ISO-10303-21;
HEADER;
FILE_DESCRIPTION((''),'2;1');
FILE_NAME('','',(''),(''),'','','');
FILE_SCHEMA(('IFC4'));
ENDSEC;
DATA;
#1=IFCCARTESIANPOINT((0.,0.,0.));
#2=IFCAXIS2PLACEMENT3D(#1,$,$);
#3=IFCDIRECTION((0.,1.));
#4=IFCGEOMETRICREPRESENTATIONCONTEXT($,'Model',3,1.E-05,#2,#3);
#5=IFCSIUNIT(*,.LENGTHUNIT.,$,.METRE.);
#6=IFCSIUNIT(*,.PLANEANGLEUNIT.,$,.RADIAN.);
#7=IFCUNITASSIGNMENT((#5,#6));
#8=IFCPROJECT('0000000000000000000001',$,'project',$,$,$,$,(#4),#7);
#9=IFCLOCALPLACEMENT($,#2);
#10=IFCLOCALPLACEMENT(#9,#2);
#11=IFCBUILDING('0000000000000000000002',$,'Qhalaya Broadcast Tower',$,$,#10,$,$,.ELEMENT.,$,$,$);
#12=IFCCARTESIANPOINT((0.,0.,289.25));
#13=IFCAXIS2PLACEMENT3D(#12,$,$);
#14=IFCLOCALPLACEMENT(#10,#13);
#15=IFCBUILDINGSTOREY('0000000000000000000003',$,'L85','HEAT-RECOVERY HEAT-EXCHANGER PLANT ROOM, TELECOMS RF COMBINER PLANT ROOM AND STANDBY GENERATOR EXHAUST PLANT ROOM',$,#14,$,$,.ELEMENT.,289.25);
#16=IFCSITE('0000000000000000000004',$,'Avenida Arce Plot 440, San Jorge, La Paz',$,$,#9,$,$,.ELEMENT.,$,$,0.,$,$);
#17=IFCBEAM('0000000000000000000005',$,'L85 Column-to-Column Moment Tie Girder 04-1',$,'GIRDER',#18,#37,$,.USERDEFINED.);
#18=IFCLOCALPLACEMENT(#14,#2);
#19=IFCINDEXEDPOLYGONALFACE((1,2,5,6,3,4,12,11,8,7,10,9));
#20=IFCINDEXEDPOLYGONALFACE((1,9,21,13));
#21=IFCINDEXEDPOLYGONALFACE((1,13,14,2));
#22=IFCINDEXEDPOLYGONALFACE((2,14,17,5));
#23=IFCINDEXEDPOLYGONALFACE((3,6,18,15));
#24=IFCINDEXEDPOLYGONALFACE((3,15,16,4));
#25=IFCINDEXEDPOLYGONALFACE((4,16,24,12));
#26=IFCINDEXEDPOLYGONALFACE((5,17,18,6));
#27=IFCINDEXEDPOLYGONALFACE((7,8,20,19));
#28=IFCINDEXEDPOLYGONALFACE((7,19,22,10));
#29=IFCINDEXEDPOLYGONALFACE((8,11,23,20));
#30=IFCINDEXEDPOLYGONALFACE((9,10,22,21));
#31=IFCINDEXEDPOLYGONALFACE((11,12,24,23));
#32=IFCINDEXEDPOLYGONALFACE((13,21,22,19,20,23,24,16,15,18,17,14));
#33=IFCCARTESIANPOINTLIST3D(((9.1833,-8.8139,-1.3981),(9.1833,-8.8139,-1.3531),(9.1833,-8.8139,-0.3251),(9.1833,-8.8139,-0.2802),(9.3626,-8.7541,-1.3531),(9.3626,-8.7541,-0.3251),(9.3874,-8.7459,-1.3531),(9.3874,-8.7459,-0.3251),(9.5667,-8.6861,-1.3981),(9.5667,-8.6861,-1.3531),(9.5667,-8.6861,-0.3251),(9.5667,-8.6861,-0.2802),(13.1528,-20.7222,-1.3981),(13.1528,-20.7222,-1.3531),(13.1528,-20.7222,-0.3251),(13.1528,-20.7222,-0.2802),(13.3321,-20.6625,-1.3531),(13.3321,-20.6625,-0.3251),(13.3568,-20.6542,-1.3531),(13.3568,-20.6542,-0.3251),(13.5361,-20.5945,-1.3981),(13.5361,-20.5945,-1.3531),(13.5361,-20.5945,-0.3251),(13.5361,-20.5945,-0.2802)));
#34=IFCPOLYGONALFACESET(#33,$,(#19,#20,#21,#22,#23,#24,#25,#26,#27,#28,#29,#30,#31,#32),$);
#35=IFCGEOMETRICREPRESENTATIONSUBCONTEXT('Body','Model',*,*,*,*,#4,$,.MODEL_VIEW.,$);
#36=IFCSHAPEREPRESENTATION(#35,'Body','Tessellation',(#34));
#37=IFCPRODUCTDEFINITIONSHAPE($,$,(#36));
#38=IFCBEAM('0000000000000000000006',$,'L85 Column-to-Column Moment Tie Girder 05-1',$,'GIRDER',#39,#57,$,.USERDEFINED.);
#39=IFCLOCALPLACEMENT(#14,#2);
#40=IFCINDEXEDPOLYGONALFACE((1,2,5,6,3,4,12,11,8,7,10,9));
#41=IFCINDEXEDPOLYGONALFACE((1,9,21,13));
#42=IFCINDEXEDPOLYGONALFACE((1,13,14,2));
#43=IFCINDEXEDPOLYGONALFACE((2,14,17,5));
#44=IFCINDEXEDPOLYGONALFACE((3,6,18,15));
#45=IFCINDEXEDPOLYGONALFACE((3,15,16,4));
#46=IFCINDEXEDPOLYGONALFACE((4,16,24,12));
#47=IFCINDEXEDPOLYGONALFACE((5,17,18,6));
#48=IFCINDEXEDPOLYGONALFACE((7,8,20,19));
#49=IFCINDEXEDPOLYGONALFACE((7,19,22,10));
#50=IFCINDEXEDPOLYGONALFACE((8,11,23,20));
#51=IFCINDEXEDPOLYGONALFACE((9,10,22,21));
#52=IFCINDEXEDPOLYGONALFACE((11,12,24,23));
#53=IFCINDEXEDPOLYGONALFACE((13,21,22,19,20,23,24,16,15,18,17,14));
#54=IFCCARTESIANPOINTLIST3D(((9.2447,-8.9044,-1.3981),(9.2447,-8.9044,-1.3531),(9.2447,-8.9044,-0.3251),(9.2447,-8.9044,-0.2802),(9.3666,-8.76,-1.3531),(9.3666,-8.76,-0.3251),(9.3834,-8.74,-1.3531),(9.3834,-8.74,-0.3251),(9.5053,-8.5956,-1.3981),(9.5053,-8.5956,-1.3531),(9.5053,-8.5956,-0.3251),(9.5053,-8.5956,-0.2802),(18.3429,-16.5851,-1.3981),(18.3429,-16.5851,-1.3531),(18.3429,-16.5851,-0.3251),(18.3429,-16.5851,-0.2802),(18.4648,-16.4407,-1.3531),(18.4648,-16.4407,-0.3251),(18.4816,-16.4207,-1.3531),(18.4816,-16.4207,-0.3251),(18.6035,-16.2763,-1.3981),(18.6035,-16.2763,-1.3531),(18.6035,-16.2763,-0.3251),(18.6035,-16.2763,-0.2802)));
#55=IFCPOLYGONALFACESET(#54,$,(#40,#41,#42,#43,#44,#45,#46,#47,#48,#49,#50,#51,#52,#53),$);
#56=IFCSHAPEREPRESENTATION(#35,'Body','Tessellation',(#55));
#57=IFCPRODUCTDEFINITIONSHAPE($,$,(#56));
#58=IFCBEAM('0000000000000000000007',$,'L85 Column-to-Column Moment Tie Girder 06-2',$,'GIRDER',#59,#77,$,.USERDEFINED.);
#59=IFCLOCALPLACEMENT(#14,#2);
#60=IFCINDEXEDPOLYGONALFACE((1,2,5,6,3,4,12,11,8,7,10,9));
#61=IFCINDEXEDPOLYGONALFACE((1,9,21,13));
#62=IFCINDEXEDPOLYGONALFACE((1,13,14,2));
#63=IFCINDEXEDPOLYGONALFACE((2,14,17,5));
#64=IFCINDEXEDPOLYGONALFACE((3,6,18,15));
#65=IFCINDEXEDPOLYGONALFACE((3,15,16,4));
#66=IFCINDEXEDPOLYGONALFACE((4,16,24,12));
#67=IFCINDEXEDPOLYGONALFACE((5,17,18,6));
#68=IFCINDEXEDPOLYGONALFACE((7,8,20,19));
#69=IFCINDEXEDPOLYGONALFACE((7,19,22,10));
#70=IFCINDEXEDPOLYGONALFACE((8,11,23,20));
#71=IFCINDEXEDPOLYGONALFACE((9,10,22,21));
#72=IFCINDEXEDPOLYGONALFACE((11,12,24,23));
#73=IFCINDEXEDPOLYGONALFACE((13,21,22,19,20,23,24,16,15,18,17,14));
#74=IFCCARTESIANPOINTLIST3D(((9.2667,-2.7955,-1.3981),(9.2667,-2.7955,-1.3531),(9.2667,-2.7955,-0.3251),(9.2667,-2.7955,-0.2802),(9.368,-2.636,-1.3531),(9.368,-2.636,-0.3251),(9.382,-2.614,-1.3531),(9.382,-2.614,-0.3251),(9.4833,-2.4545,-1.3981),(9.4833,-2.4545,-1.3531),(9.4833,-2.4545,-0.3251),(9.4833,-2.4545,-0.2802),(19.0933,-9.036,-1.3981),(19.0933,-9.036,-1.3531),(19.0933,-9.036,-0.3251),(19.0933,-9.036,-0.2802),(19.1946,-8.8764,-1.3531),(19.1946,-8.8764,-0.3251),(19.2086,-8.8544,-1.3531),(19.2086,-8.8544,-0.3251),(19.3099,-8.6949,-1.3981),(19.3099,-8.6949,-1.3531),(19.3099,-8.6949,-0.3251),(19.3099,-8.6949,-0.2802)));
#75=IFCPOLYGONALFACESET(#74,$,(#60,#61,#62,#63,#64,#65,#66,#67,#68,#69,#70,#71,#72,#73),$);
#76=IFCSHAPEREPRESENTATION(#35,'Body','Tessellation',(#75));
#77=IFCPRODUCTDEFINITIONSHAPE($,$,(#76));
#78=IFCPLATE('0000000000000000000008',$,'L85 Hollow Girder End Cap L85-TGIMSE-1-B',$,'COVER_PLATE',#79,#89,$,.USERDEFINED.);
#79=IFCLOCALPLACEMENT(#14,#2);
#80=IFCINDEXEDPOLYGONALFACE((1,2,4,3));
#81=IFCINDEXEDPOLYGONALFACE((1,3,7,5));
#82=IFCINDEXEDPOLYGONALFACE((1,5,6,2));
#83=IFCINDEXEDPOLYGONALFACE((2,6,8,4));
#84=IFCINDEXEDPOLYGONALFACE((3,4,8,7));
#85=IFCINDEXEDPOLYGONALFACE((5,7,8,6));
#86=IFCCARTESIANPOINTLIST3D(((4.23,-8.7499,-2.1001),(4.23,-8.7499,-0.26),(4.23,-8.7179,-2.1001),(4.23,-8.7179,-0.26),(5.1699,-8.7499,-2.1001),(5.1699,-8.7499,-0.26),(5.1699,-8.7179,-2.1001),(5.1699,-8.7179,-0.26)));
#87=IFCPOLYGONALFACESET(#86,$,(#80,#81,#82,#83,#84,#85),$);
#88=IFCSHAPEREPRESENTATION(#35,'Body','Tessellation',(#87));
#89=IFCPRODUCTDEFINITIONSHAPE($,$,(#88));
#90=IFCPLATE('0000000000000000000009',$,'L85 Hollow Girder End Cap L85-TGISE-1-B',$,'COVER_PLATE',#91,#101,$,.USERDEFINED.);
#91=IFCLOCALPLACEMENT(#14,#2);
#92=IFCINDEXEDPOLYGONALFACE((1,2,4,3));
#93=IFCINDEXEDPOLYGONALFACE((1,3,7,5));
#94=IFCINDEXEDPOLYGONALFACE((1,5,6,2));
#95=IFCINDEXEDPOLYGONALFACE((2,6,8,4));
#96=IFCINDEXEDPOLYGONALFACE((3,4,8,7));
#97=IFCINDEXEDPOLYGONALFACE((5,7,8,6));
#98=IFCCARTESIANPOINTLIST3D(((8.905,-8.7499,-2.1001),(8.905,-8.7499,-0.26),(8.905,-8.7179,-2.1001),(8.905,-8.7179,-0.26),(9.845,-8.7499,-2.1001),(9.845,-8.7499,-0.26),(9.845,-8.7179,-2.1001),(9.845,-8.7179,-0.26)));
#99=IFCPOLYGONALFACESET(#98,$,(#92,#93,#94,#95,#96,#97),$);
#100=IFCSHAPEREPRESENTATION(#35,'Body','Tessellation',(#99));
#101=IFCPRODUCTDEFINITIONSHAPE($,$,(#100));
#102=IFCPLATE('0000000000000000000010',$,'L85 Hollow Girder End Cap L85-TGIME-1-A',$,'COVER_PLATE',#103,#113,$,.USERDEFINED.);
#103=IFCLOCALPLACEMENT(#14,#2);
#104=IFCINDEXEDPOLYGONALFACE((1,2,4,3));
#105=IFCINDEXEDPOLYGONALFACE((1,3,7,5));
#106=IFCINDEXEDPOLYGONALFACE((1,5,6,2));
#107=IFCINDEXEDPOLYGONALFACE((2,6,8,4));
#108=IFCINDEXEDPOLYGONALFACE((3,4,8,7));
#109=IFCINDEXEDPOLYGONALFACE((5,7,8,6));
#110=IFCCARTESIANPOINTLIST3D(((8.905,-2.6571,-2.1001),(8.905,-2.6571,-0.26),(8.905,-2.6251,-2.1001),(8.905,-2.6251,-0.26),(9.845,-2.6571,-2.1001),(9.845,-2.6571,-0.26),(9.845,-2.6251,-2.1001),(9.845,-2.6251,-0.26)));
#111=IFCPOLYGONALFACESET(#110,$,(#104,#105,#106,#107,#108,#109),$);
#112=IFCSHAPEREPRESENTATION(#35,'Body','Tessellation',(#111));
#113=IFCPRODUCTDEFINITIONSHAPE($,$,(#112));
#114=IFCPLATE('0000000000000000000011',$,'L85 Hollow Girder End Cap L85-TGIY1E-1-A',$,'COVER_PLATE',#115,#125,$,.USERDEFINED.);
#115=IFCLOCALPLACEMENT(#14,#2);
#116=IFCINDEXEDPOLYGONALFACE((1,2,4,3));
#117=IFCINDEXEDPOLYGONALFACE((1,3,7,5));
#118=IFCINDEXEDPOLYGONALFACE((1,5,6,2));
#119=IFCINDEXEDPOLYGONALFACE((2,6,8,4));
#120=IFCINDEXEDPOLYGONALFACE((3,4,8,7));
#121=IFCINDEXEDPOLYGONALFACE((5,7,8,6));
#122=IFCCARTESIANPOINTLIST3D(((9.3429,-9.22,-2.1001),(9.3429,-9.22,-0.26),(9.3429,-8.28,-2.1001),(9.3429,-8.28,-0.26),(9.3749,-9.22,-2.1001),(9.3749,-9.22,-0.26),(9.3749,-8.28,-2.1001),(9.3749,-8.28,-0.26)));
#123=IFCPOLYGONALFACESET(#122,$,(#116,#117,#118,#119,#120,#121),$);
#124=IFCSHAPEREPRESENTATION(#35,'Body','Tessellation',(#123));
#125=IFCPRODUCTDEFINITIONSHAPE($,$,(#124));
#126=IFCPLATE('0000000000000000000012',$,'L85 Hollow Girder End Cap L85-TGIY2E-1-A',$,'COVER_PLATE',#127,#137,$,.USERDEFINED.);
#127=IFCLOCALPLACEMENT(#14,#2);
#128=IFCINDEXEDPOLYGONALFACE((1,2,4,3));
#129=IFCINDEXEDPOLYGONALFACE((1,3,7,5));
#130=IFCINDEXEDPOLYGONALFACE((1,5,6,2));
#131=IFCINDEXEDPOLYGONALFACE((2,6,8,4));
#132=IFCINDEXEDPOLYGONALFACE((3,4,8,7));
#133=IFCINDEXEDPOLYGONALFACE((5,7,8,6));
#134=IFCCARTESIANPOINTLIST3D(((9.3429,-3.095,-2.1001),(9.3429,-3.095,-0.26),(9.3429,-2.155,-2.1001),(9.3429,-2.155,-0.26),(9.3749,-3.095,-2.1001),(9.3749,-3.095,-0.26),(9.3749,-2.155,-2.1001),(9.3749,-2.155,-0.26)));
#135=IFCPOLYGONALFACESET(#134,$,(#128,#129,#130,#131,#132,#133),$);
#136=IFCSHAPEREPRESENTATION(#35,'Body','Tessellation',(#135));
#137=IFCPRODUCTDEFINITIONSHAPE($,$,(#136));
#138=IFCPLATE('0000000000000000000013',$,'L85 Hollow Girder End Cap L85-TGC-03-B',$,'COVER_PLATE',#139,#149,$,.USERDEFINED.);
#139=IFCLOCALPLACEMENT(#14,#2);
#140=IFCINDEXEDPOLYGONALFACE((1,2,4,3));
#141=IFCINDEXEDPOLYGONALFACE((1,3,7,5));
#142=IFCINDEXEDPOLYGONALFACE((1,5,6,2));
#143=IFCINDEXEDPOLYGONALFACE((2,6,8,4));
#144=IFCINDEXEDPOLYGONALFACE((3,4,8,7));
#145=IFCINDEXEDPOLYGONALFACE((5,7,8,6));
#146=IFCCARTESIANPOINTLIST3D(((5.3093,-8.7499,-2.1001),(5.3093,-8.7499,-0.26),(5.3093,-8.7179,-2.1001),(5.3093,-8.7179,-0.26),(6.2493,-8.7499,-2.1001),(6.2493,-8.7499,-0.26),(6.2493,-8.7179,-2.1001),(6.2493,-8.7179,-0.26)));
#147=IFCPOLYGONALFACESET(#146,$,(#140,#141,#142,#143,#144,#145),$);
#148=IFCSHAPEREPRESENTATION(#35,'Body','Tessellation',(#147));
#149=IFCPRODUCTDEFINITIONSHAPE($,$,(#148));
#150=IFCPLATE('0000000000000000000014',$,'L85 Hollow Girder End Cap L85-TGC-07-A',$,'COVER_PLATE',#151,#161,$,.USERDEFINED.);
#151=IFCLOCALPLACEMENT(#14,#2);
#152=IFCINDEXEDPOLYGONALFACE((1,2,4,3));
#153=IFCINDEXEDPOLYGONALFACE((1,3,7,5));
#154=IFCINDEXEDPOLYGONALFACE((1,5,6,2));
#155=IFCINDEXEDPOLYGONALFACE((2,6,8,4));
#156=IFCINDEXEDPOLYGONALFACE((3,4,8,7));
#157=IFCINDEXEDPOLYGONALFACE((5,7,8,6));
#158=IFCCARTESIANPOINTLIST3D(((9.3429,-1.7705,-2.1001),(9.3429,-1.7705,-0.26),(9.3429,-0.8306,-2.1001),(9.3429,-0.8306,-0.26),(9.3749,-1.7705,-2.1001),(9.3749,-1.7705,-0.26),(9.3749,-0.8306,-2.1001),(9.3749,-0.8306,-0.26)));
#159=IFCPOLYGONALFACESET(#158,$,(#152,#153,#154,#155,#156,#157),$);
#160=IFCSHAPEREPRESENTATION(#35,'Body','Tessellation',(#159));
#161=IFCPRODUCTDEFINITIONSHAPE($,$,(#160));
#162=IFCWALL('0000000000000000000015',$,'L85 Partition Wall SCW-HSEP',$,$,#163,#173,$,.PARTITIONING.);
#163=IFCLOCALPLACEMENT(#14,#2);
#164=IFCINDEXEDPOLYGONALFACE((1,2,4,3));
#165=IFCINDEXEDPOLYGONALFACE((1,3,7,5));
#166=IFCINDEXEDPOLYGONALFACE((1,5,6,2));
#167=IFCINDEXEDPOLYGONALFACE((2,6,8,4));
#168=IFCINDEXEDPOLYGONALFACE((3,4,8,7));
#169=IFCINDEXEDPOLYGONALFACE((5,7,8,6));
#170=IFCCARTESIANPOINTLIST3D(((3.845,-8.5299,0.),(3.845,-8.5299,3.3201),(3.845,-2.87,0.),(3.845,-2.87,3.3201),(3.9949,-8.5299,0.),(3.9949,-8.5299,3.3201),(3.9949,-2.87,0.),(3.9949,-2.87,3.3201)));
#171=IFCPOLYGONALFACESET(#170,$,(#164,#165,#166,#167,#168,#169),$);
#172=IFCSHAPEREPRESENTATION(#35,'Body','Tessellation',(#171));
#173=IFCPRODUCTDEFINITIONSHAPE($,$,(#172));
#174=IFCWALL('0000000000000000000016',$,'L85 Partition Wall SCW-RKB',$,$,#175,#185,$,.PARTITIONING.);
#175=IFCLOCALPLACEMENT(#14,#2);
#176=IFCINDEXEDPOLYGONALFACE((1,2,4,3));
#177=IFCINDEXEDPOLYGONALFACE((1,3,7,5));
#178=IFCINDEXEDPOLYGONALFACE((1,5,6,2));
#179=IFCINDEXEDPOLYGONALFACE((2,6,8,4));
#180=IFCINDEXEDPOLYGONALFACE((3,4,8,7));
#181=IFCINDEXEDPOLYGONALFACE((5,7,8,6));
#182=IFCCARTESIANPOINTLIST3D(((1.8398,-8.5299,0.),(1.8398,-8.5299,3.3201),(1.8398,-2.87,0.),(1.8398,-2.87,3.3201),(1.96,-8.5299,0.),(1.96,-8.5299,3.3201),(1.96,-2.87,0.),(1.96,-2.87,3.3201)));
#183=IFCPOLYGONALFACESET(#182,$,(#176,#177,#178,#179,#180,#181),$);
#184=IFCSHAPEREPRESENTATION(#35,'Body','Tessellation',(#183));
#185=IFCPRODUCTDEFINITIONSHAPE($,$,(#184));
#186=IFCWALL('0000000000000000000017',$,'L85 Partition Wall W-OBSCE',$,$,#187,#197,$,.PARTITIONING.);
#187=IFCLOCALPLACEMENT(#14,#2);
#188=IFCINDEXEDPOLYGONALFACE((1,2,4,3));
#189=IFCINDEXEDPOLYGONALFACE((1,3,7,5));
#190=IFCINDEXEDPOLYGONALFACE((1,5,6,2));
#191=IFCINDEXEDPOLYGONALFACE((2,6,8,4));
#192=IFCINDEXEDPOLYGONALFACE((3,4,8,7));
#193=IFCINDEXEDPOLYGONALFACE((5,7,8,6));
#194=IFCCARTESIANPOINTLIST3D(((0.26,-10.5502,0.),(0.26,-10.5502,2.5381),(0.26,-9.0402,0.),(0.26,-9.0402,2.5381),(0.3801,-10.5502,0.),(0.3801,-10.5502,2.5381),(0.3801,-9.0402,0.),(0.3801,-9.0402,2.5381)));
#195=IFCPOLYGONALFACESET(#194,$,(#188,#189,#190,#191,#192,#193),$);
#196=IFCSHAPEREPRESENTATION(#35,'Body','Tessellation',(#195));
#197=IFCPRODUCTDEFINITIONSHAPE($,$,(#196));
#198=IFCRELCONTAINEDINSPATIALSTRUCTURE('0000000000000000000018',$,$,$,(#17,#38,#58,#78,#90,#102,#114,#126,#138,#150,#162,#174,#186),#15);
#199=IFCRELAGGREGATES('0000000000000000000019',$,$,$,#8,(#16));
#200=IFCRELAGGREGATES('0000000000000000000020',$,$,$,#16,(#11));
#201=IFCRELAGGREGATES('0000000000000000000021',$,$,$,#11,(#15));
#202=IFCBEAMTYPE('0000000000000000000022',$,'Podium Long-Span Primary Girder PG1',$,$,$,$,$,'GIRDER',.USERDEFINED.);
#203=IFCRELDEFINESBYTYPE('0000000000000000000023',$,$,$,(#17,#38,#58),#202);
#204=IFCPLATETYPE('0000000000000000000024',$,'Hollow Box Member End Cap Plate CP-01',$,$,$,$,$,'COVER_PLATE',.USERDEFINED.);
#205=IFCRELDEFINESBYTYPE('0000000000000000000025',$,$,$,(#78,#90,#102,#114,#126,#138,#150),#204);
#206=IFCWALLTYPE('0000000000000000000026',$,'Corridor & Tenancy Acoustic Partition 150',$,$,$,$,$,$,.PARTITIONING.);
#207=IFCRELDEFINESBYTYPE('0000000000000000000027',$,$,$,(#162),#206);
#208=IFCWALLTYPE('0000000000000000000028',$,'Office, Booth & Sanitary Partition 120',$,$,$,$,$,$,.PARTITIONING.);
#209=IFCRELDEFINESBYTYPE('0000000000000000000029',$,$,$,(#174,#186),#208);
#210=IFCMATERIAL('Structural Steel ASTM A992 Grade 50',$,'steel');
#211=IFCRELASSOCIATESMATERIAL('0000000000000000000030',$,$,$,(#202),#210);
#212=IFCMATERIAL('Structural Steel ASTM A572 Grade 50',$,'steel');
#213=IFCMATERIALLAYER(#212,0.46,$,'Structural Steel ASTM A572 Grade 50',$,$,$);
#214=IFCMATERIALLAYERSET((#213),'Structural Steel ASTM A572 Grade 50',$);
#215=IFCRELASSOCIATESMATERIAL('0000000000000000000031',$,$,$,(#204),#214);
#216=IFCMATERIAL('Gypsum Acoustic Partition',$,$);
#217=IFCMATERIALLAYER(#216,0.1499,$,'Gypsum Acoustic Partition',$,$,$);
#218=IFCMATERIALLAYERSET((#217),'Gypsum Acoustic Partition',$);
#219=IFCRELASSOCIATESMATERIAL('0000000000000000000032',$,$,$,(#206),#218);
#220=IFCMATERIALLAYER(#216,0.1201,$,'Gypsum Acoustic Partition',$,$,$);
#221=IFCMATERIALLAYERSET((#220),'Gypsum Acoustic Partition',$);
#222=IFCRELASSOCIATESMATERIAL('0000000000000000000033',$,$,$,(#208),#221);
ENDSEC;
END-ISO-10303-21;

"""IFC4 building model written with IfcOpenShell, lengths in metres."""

from ifc_helpers import new_model, si_unit, direction, frame, frame_2d, origin, origin_2d, place, context, subcontext, project, spatial, rectangle, i_section, extrude, material, layer, layer_set, material_profile, profile_set, type_object, element, save


model = new_model("IFC4")

# Units and contexts
model_context = context("Model", 3, precision=1e-05, world=origin(), true_north=direction((0.0, 1.0)))
body_context = subcontext(model_context, "Body", "Model", "MODEL_VIEW")
ifc_project = project(units=[si_unit("LENGTHUNIT", "METRE"), si_unit("PLANEANGLEUNIT", "RADIAN")], contexts=[model_context])

# Site, building, storey
site_placement = place(None, origin())
site = spatial("IfcSite", under=ifc_project, at=site_placement, Name="Avenida Arce Plot 440, San Jorge, La Paz", CompositionType="ELEMENT", RefElevation=0.0)
building_placement = place(site_placement, origin())
building = spatial("IfcBuilding", under=site, at=building_placement, Name="Qhalaya Broadcast Tower", CompositionType="ELEMENT")
storey_placement = place(building_placement, frame((0.0, 0.0, 289.25)))
storey = spatial("IfcBuildingStorey", under=building, at=storey_placement, Name="L85", Description="HEAT-RECOVERY HEAT-EXCHANGER PLANT ROOM, TELECOMS RF COMBINER PLANT ROOM AND STANDBY GENERATOR EXHAUST PLANT ROOM", CompositionType="ELEMENT", Elevation=289.25)

# Beams
ifc_material_1 = material(Name="Structural Steel ASTM A572 Grade 50", Category="steel")
ifc_material_2 = material(Name="Structural Steel ASTM A992 Grade 50", Category="steel")
ifc_material_profile_1 = material_profile(ifc_material_2, i_section(OverallWidth=0.4041, OverallDepth=1.1179, WebThickness=0.0261, FlangeThickness=0.0449, at=origin_2d()), Name="W44X335")
ifc_profile_set_1 = profile_set([ifc_material_profile_1], Name="Structural Steel ASTM A992 Grade 50")
beam_type_1 = type_object("IfcBeamType", Name="Podium Long-Span Primary Girder PG1", ElementType="GIRDER", PredefinedType="USERDEFINED", material=ifc_profile_set_1)
beam_1_placement = place(storey_placement, frame((9.375, -8.75, -0.8391), z_axis=(0.316228, -0.948683, 0.0), x_axis=(0.948683, 0.316228, 0.0)))
element("IfcBeam", 1, at=beam_1_placement, inside=storey, type_object=beam_type_1, Name="L85 Column-to-Column Moment Tie Girder 04-1", ObjectType="GIRDER", PredefinedType="USERDEFINED", context=body_context, shape_type="SweptSolid", body=[
    extrude(i_section(OverallWidth=0.4041, OverallDepth=1.1179, WebThickness=0.0261, FlangeThickness=0.0449, at=origin_2d()), origin(), (0.0, 0.0, 1.0), 12.5525),
])
beam_2_placement = place(storey_placement, frame((9.375, -8.75, -0.8391), z_axis=(0.764122, -0.645072, 0.0), x_axis=(0.645072, 0.764122, 0.0)))
element("IfcBeam", 2, at=beam_2_placement, inside=storey, type_object=beam_type_1, Name="L85 Column-to-Column Moment Tie Girder 05-1", ObjectType="GIRDER", PredefinedType="USERDEFINED", context=body_context, shape_type="SweptSolid", body=[
    extrude(i_section(OverallWidth=0.4041, OverallDepth=1.1179, WebThickness=0.0261, FlangeThickness=0.0449, at=origin_2d()), origin(), (0.0, 0.0, 1.0), 11.9067),
])
beam_3_placement = place(storey_placement, frame((9.375, -2.625, -0.8391), z_axis=(0.844161, -0.53609, 0.0), x_axis=(0.53609, 0.844161, 0.0)))
element("IfcBeam", 3, at=beam_3_placement, inside=storey, type_object=beam_type_1, Name="L85 Column-to-Column Moment Tie Girder 06-2", ObjectType="GIRDER", PredefinedType="USERDEFINED", context=body_context, shape_type="SweptSolid", body=[
    extrude(i_section(OverallWidth=0.4041, OverallDepth=1.1179, WebThickness=0.0261, FlangeThickness=0.0449, at=origin_2d()), origin(), (0.0, 0.0, 1.0), 11.6406),
])

# Plates
ifc_layer_1 = layer(ifc_material_1, 0.46, Name="Structural Steel ASTM A572 Grade 50")
ifc_layer_set_1 = layer_set([ifc_layer_1], Name="Structural Steel ASTM A572 Grade 50")
plate_type = type_object("IfcPlateType", Name="Hollow Box Member End Cap Plate CP-01", ElementType="COVER_PLATE", PredefinedType="USERDEFINED", material=ifc_layer_set_1)
for number, where, z_axis, x_axis, name in (
    (4, (4.7, -8.7339, -2.1001), (0.0, 0.0, 1.0), (-1.0, 0.0, 0.0), "L85 Hollow Girder End Cap L85-TGIMSE-1-B"),
    (5, (9.375, -8.7339, -2.1001), (0.0, 0.0, 1.0), (-1.0, 0.0, 0.0), "L85 Hollow Girder End Cap L85-TGISE-1-B"),
    (6, (9.375, -2.6411, -2.1001), (0.0, 0.0, 1.0), (-1.0, 0.0, 0.0), "L85 Hollow Girder End Cap L85-TGIME-1-A"),
    (7, (9.3589, -8.75, -2.1001), (0.0, 0.0, 1.0), (0.0, 1.0, 0.0), "L85 Hollow Girder End Cap L85-TGIY1E-1-A"),
    (8, (9.3589, -2.625, -2.1001), (0.0, 0.0, 1.0), (0.0, 1.0, 0.0), "L85 Hollow Girder End Cap L85-TGIY2E-1-A"),
    (9, (5.7793, -8.7339, -2.1001), (0.0, 0.0, 1.0), (-1.0, 0.0, 0.0), "L85 Hollow Girder End Cap L85-TGC-03-B"),
    (10, (9.3589, -1.3005, -2.1001), (0.0, 0.0, 1.0), (0.0, 1.0, 0.0), "L85 Hollow Girder End Cap L85-TGC-07-A"),
):
    element("IfcPlate", number, at=place(storey_placement, frame(where, z_axis=z_axis, x_axis=x_axis)), inside=storey, type_object=plate_type, Name=name, ObjectType="COVER_PLATE", PredefinedType="USERDEFINED", context=body_context, shape_type="SweptSolid", body=[
        extrude(rectangle(XDim=0.9399, YDim=0.032, at=origin_2d()), origin(), (0.0, 0.0, 1.0), 1.8401),
    ])

# Walls
ifc_material_3 = material(Name="Gypsum Acoustic Partition")
ifc_layer_2 = layer(ifc_material_3, 0.1499, Name="Gypsum Acoustic Partition")
ifc_layer_set_2 = layer_set([ifc_layer_2], Name="Gypsum Acoustic Partition")
wall_type_1 = type_object("IfcWallType", Name="Corridor & Tenancy Acoustic Partition 150", PredefinedType="PARTITIONING", material=ifc_layer_set_2)
wall_1_placement = place(storey_placement, frame((3.9199, -8.53, 0.0), z_axis=(0.0, 0.0, 1.0), x_axis=(0.0, 1.0, 0.0)))
element("IfcWall", 11, at=wall_1_placement, inside=storey, type_object=wall_type_1, Name="L85 Partition Wall SCW-HSEP", PredefinedType="PARTITIONING", context=body_context, shape_type="SweptSolid", body=[
    extrude(rectangle(XDim=5.6599, YDim=0.1499, at=frame_2d((2.8301, 0.0))), origin(), (0.0, 0.0, 1.0), 3.3201),
])
ifc_layer_3 = layer(ifc_material_3, 0.1201, Name="Gypsum Acoustic Partition")
ifc_layer_set_3 = layer_set([ifc_layer_3], Name="Gypsum Acoustic Partition")
wall_type_2 = type_object("IfcWallType", Name="Office, Booth & Sanitary Partition 120", PredefinedType="PARTITIONING", material=ifc_layer_set_3)
wall_2_placement = place(storey_placement, frame((1.8999, -8.53, 0.0), z_axis=(0.0, 0.0, 1.0), x_axis=(0.0, 1.0, 0.0)))
element("IfcWall", 12, at=wall_2_placement, inside=storey, type_object=wall_type_2, Name="L85 Partition Wall SCW-RKB", PredefinedType="PARTITIONING", context=body_context, shape_type="SweptSolid", body=[
    extrude(rectangle(XDim=5.6599, YDim=0.1201, at=frame_2d((2.8301, 0.0))), origin(), (0.0, 0.0, 1.0), 3.3201),
])
wall_3_placement = place(storey_placement, frame((0.3201, -10.55, 0.0), z_axis=(0.0, 0.0, 1.0), x_axis=(0.0, 1.0, 0.0)))
element("IfcWall", 13, at=wall_3_placement, inside=storey, type_object=wall_type_2, Name="L85 Partition Wall W-OBSCE", PredefinedType="PARTITIONING", context=body_context, shape_type="SweptSolid", body=[
    extrude(rectangle(XDim=1.51, YDim=0.1201, at=frame_2d((0.7549, 0.0))), origin(), (0.0, 0.0, 1.0), 2.5381),
])

save(model, "model.ifc")
